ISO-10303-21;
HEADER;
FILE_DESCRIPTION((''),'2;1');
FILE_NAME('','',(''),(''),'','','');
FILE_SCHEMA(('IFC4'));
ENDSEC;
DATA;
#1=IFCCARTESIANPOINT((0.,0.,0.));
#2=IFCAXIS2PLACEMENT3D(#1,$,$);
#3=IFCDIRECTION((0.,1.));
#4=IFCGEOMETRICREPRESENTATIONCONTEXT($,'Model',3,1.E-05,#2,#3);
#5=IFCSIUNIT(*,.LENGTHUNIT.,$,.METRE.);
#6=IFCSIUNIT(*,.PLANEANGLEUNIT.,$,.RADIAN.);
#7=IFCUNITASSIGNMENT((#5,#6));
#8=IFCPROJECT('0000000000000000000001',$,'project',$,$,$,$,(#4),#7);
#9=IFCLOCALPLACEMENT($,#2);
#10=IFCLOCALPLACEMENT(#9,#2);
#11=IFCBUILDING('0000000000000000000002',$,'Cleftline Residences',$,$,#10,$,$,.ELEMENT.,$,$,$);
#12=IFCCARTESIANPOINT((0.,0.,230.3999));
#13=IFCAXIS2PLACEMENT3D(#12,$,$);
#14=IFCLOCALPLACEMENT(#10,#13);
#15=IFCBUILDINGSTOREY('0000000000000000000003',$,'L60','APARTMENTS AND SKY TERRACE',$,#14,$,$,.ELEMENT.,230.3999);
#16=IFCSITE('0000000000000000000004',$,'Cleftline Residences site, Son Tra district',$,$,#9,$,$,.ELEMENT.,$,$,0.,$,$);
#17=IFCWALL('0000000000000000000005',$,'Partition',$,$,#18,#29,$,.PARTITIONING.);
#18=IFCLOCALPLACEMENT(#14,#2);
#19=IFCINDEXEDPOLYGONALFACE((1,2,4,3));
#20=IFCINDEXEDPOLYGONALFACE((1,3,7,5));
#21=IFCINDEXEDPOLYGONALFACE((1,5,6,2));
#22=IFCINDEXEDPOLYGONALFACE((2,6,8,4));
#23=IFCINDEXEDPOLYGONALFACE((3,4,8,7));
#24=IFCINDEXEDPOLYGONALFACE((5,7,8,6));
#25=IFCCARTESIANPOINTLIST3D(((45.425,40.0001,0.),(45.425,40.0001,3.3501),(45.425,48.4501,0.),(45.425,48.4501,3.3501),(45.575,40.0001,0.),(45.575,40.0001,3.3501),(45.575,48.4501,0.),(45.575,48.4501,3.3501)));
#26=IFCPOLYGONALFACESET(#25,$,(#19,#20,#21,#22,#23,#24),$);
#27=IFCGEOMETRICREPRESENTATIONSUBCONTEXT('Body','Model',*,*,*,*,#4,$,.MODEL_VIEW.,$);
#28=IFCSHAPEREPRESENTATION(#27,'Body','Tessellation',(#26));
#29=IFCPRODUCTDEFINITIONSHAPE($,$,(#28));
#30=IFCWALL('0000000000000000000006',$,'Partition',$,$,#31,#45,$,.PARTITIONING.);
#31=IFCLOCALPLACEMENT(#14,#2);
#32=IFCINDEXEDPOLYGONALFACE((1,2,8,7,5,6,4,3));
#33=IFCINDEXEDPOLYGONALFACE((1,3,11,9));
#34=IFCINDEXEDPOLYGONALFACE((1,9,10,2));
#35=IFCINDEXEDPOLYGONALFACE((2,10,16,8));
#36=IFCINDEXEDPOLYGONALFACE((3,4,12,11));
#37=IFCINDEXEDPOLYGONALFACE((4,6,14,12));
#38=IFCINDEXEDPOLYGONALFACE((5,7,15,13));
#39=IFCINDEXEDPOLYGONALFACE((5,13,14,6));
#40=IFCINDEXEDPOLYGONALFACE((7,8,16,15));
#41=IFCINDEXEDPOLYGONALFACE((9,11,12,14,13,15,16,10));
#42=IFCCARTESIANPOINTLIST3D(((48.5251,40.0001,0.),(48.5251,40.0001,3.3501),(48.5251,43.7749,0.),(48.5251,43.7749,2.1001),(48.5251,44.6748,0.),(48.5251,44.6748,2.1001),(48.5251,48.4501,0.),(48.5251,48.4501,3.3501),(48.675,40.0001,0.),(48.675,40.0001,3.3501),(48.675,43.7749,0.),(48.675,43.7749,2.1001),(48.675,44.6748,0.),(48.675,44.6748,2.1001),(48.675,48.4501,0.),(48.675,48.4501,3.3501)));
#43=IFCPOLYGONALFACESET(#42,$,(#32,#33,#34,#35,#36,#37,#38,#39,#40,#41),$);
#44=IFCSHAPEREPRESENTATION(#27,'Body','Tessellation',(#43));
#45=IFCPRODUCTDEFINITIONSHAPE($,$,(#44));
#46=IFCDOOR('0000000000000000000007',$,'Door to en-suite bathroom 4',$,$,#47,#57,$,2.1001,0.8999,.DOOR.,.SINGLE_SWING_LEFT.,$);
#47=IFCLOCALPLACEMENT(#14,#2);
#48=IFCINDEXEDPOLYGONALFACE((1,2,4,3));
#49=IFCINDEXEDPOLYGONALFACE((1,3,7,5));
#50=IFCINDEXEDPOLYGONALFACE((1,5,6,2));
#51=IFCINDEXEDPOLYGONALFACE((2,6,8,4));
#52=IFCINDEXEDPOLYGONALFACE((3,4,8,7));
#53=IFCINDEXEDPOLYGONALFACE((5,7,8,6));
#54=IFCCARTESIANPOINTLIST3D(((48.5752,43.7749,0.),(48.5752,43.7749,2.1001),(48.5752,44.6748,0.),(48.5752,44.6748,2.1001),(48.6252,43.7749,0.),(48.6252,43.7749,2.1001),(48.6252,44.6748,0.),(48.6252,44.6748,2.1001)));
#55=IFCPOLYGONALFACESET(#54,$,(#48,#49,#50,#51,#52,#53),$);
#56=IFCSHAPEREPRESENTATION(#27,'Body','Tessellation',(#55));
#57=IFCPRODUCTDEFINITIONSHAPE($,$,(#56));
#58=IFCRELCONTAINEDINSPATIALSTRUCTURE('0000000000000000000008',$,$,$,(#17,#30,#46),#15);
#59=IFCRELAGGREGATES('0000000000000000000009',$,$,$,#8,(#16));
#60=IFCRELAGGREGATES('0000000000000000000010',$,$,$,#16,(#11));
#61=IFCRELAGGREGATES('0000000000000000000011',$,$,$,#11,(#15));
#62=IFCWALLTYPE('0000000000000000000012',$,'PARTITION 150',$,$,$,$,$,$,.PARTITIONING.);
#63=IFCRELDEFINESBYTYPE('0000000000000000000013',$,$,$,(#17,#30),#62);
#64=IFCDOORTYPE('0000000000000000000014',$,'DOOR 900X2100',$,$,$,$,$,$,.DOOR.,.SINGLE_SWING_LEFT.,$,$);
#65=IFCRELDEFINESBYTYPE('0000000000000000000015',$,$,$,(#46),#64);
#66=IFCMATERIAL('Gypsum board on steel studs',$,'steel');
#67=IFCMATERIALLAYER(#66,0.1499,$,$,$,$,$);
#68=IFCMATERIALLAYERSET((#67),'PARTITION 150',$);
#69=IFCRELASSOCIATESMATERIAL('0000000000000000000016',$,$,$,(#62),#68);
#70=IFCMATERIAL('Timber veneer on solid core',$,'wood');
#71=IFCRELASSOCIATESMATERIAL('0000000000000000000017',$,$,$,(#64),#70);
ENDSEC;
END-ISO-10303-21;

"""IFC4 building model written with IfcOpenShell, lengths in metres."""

from ifc_helpers import new_model, si_unit, direction, frame, frame_2d, origin, place, context, subcontext, project, spatial, rectangle, extrude, material, layer, layer_set, type_object, element, fill, save


model = new_model("IFC4")

# Units and contexts
model_context = context("Model", 3, precision=1e-05, world=origin(), true_north=direction((0.0, 1.0)))
body_context = subcontext(model_context, "Body", "Model", "MODEL_VIEW")
ifc_project = project(units=[si_unit("LENGTHUNIT", "METRE"), si_unit("PLANEANGLEUNIT", "RADIAN")], contexts=[model_context])

# Site, building, storey
site_placement = place(None, origin())
site = spatial("IfcSite", under=ifc_project, at=site_placement, Name="Cleftline Residences site, Son Tra district", CompositionType="ELEMENT", RefElevation=0.0)
building_placement = place(site_placement, origin())
building = spatial("IfcBuilding", under=site, at=building_placement, Name="Cleftline Residences", CompositionType="ELEMENT")
storey_placement = place(building_placement, frame((0.0, 0.0, 230.3999)))
storey = spatial("IfcBuildingStorey", under=building, at=storey_placement, Name="L60", Description="APARTMENTS AND SKY TERRACE", CompositionType="ELEMENT", Elevation=230.3999)

# Shared definitions
ifc_material_1 = material(Name="Gypsum board on steel studs", Category="steel")
ifc_layer_1 = layer(ifc_material_1, 0.1499)
ifc_layer_set_1 = layer_set([ifc_layer_1], Name="PARTITION 150")
wall_type = type_object("IfcWallType", Name="PARTITION 150", PredefinedType="PARTITIONING", material=ifc_layer_set_1)

# Wall
wall_1_placement = place(storey_placement, frame((45.5, 40.0, 0.0), z_axis=(0.0, 0.0, 1.0), x_axis=(0.0, 1.0, 0.0)))
element("IfcWall", 1, at=wall_1_placement, inside=storey, type_object=wall_type, Name="Partition", PredefinedType="PARTITIONING", context=body_context, shape_type="SweptSolid", body=[
    extrude(rectangle(XDim=8.45, YDim=0.1499, at=frame_2d((4.2251, 0.0))), origin(), (0.0, 0.0, 1.0), 3.3501),
])

# Wall, opening, door
wall_2_placement = place(storey_placement, frame((48.6001, 40.0, 0.0), z_axis=(0.0, 0.0, 1.0), x_axis=(0.0, 1.0, 0.0)))
wall_2 = element("IfcWall", 2, at=wall_2_placement, inside=storey, type_object=wall_type, Name="Partition", PredefinedType="PARTITIONING", context=body_context, shape_type="SweptSolid", body=[
    extrude(rectangle(XDim=8.45, YDim=0.1499, at=frame_2d((4.2251, 0.0))), origin(), (0.0, 0.0, 1.0), 3.3501),
])
opening_1_placement = place(wall_2_placement, frame((3.7749, 0.0, 0.0)))
opening_1 = element("IfcOpeningElement", 3, at=opening_1_placement, cuts=wall_2, PredefinedType="OPENING", context=body_context, shape_type="SweptSolid", body=[
    extrude(rectangle(XDim=0.8999, YDim=2.1001, at=frame_2d((0.45, 1.05))), frame((0.0, 0.085, 0.0), z_axis=(0.0, -1.0, 0.0), x_axis=(1.0, 0.0, 0.0)), (0.0, 0.0, 1.0), 0.1699),
])
ifc_material_2 = material(Name="Timber veneer on solid core", Category="wood")
door_type_1 = type_object("IfcDoorType", Name="DOOR 900X2100", OperationType="SINGLE_SWING_LEFT", PredefinedType="DOOR", material=ifc_material_2)
door_1_placement = place(opening_1_placement, origin())
door_1 = element("IfcDoor", 4, at=door_1_placement, inside=storey, type_object=door_type_1, Name="Door to en-suite bathroom 4", OperationType="SINGLE_SWING_LEFT", OverallHeight=2.1001, OverallWidth=0.8999, PredefinedType="DOOR", context=body_context, shape_type="SweptSolid", body=[
    extrude(rectangle(XDim=0.8999, YDim=2.1001, at=frame_2d((0.45, 1.05))), frame((0.0, 0.0249, 0.0), z_axis=(0.0, -1.0, 0.0), x_axis=(1.0, 0.0, 0.0)), (0.0, 0.0, 1.0), 0.05),
])
fill(opening_1, door_1)

save(model, "model.ifc")
